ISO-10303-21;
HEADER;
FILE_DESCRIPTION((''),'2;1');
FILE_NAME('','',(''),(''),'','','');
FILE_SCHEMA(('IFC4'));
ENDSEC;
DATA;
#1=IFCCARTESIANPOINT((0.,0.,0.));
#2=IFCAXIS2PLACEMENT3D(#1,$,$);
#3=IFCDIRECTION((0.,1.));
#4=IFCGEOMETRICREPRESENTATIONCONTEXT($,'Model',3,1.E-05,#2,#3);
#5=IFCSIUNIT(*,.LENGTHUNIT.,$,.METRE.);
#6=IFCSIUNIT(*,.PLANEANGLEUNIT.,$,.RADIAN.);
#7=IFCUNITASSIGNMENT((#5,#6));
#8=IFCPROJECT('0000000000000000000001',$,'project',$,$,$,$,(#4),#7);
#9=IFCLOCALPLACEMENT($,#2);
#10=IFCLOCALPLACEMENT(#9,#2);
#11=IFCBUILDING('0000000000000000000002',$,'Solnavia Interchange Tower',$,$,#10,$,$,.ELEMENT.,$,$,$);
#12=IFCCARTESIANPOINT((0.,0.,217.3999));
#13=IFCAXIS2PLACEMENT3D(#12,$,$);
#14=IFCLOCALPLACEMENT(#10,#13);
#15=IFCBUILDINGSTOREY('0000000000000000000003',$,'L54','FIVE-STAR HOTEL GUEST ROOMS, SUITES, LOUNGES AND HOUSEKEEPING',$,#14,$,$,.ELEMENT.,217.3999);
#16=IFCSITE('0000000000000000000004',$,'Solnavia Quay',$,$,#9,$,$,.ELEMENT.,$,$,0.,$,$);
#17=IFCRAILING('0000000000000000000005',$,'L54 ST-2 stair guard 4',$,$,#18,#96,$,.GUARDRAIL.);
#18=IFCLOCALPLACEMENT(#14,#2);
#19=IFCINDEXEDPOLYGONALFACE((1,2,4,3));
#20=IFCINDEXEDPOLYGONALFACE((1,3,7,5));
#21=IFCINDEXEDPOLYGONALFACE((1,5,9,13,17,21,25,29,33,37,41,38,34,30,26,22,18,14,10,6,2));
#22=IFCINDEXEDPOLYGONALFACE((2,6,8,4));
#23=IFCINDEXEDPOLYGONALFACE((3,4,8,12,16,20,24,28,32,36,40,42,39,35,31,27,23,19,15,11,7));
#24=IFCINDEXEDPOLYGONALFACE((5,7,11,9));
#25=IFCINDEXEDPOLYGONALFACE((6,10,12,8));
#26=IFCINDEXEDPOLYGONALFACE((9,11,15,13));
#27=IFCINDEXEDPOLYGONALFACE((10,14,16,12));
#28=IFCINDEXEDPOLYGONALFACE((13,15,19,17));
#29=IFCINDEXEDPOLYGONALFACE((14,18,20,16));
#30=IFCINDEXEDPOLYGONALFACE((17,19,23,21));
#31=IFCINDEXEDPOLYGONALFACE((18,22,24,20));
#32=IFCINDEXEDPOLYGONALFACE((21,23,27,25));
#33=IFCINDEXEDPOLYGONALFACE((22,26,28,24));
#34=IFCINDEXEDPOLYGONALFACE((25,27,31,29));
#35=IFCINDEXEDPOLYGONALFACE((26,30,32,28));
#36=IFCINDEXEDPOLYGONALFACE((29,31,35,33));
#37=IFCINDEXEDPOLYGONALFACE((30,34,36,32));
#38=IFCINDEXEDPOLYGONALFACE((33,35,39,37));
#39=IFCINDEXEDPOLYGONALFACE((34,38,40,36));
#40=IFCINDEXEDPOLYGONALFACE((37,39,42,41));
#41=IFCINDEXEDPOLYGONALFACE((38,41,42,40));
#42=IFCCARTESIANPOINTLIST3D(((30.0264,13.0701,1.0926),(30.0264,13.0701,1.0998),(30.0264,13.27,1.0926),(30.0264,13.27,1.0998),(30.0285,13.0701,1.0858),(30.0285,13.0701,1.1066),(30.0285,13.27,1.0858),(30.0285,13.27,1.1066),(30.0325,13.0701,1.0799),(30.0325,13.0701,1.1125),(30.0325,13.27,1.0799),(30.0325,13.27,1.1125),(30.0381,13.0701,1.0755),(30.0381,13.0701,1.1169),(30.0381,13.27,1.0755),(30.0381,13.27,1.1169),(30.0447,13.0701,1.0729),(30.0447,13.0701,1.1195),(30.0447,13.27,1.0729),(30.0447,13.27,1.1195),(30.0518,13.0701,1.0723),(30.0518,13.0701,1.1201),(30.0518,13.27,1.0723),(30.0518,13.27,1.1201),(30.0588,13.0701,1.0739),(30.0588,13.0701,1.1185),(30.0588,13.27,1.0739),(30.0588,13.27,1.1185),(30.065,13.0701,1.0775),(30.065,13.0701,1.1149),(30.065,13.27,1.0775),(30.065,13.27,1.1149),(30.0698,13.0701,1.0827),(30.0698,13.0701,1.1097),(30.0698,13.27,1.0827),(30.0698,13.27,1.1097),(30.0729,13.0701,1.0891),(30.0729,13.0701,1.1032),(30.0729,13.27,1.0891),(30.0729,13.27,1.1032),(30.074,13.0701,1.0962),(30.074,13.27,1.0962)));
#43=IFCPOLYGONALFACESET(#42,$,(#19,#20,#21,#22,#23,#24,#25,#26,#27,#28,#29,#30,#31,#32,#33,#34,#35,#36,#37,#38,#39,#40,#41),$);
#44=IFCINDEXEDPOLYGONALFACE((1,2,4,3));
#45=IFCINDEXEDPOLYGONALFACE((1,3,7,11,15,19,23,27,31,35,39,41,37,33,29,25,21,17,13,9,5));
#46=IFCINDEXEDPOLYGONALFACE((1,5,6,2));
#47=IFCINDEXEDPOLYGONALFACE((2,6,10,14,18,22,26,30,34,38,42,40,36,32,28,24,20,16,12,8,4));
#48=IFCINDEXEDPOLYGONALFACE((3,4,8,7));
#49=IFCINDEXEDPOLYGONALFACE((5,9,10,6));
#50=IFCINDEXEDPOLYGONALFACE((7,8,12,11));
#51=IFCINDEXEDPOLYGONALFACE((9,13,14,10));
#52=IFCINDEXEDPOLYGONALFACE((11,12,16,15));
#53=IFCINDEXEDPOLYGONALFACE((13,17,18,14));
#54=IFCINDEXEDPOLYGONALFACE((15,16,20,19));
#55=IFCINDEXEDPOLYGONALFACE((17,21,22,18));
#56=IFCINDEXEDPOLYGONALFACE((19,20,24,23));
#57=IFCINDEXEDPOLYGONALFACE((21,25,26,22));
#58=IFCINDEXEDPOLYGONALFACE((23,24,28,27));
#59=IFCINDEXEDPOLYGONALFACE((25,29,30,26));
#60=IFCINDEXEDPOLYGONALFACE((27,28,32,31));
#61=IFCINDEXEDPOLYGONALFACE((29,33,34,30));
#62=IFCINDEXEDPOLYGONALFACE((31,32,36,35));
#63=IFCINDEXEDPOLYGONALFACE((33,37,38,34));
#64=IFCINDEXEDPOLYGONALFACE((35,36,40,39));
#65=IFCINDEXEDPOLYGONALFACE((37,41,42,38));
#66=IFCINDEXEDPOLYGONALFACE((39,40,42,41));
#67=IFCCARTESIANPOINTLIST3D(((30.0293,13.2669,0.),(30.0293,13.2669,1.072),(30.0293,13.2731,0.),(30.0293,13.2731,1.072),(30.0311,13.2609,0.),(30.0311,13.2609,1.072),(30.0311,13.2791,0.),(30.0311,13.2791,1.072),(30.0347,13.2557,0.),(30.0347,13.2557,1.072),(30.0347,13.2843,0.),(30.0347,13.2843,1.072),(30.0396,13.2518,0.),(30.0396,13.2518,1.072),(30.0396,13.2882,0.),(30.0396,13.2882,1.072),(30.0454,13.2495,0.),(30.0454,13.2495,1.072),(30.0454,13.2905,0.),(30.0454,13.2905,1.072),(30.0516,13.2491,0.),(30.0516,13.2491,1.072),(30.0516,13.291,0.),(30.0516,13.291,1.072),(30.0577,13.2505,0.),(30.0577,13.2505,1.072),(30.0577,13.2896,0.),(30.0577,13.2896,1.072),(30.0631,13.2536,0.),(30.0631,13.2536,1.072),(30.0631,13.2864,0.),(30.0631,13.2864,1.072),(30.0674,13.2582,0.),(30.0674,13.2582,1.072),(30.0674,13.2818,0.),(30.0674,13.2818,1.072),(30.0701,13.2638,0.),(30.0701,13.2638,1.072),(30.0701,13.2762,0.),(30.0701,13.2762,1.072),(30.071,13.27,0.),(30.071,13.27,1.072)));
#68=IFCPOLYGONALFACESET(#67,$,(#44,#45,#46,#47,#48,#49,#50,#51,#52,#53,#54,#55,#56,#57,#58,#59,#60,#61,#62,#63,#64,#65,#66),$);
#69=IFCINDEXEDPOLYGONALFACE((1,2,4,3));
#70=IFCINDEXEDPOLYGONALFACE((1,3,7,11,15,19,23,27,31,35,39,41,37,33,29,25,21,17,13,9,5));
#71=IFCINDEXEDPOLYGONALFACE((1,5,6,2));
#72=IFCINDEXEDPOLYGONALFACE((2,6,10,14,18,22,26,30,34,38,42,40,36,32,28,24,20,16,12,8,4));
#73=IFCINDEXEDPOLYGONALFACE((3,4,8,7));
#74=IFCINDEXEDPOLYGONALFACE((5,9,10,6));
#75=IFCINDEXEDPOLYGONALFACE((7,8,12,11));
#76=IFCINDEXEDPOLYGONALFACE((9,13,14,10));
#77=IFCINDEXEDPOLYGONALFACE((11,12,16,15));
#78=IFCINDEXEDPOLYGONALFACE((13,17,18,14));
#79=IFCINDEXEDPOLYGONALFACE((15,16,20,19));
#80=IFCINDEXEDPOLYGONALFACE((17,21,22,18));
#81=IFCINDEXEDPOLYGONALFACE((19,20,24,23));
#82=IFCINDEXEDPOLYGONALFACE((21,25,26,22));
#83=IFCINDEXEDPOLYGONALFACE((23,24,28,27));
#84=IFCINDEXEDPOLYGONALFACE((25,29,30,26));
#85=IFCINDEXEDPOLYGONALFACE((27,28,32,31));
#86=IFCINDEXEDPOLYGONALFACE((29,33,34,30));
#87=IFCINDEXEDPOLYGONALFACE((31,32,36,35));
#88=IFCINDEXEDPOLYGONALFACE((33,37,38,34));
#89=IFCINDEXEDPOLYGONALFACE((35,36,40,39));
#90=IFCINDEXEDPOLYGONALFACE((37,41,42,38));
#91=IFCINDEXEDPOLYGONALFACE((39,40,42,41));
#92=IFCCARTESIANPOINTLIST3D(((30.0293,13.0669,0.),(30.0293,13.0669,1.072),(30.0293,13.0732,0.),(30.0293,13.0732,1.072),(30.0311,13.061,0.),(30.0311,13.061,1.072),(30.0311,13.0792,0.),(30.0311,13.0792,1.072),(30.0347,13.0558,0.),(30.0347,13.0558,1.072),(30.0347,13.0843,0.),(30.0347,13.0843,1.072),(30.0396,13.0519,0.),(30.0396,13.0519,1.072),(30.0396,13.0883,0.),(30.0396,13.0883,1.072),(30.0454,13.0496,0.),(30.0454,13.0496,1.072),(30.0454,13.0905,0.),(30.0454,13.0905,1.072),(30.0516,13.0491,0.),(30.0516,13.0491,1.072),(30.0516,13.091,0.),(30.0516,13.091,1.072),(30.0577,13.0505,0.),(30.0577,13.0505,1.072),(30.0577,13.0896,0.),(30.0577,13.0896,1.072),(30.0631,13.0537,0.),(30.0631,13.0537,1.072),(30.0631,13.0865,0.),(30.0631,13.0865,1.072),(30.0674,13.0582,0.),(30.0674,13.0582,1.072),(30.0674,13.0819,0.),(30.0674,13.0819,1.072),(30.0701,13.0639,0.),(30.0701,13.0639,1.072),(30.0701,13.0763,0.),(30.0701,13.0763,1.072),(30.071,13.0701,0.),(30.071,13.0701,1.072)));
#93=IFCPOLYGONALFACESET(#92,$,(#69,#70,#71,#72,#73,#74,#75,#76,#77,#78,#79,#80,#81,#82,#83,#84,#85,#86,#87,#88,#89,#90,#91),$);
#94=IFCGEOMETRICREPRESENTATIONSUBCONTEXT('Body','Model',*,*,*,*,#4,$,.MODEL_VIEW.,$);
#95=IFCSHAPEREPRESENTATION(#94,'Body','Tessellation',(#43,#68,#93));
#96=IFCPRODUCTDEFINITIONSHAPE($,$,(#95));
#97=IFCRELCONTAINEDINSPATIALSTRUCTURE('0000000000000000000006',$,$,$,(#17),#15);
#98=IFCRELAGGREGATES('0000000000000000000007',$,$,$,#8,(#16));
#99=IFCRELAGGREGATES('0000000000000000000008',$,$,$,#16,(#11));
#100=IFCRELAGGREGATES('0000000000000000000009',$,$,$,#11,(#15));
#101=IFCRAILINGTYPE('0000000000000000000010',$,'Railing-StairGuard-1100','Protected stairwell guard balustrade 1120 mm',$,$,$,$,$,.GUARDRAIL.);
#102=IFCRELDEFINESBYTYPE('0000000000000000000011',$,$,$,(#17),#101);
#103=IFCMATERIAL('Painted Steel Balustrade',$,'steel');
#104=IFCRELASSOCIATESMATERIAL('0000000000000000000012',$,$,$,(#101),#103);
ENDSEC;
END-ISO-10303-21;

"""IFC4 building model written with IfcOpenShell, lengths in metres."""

from ifc_helpers import new_model, si_unit, direction, frame, origin, origin_2d, place, context, subcontext, project, spatial, circle, extrude, material, type_object, element, save


model = new_model("IFC4")

# Units and contexts
model_context = context("Model", 3, precision=1e-05, world=origin(), true_north=direction((0.0, 1.0)))
body_context = subcontext(model_context, "Body", "Model", "MODEL_VIEW")
ifc_project = project(units=[si_unit("LENGTHUNIT", "METRE"), si_unit("PLANEANGLEUNIT", "RADIAN")], contexts=[model_context])

# Site, building, storey
site_placement = place(None, origin())
site = spatial("IfcSite", under=ifc_project, at=site_placement, Name="Solnavia Quay", CompositionType="ELEMENT", RefElevation=0.0)
building_placement = place(site_placement, origin())
building = spatial("IfcBuilding", under=site, at=building_placement, Name="Solnavia Interchange Tower", CompositionType="ELEMENT")
storey_placement = place(building_placement, frame((0.0, 0.0, 217.3999)))
storey = spatial("IfcBuildingStorey", under=building, at=storey_placement, Name="L54", Description="FIVE-STAR HOTEL GUEST ROOMS, SUITES, LOUNGES AND HOUSEKEEPING", CompositionType="ELEMENT", Elevation=217.3999)

# Railing
ifc_material_1 = material(Name="Painted Steel Balustrade", Category="steel")
railing_type_1 = type_object("IfcRailingType", Name="Railing-StairGuard-1100", Description="Protected stairwell guard balustrade 1120 mm", PredefinedType="GUARDRAIL", material=ifc_material_1)
railing_1_placement = place(storey_placement, frame((30.05, 13.27, 0.0)))
element("IfcRailing", 1, at=railing_1_placement, inside=storey, type_object=railing_type_1, Name="L54 ST-2 stair guard 4", PredefinedType="GUARDRAIL", context=body_context, shape_type="SweptSolid", body=[
    extrude(circle(Radius=0.0239, at=origin_2d()), frame((0.0, 0.0, 1.0962), z_axis=(0.0, -1.0, 0.0), x_axis=(1.0, 0.0, 0.0)), (0.0, 0.0, 1.0), 0.2),
    extrude(circle(Radius=0.021, at=origin_2d()), origin(), (0.0, 0.0, 1.0), 1.072),
    extrude(circle(Radius=0.021, at=origin_2d()), frame((0.0, -0.2, 0.0)), (0.0, 0.0, 1.0), 1.072),
])

save(model, "model.ifc")
